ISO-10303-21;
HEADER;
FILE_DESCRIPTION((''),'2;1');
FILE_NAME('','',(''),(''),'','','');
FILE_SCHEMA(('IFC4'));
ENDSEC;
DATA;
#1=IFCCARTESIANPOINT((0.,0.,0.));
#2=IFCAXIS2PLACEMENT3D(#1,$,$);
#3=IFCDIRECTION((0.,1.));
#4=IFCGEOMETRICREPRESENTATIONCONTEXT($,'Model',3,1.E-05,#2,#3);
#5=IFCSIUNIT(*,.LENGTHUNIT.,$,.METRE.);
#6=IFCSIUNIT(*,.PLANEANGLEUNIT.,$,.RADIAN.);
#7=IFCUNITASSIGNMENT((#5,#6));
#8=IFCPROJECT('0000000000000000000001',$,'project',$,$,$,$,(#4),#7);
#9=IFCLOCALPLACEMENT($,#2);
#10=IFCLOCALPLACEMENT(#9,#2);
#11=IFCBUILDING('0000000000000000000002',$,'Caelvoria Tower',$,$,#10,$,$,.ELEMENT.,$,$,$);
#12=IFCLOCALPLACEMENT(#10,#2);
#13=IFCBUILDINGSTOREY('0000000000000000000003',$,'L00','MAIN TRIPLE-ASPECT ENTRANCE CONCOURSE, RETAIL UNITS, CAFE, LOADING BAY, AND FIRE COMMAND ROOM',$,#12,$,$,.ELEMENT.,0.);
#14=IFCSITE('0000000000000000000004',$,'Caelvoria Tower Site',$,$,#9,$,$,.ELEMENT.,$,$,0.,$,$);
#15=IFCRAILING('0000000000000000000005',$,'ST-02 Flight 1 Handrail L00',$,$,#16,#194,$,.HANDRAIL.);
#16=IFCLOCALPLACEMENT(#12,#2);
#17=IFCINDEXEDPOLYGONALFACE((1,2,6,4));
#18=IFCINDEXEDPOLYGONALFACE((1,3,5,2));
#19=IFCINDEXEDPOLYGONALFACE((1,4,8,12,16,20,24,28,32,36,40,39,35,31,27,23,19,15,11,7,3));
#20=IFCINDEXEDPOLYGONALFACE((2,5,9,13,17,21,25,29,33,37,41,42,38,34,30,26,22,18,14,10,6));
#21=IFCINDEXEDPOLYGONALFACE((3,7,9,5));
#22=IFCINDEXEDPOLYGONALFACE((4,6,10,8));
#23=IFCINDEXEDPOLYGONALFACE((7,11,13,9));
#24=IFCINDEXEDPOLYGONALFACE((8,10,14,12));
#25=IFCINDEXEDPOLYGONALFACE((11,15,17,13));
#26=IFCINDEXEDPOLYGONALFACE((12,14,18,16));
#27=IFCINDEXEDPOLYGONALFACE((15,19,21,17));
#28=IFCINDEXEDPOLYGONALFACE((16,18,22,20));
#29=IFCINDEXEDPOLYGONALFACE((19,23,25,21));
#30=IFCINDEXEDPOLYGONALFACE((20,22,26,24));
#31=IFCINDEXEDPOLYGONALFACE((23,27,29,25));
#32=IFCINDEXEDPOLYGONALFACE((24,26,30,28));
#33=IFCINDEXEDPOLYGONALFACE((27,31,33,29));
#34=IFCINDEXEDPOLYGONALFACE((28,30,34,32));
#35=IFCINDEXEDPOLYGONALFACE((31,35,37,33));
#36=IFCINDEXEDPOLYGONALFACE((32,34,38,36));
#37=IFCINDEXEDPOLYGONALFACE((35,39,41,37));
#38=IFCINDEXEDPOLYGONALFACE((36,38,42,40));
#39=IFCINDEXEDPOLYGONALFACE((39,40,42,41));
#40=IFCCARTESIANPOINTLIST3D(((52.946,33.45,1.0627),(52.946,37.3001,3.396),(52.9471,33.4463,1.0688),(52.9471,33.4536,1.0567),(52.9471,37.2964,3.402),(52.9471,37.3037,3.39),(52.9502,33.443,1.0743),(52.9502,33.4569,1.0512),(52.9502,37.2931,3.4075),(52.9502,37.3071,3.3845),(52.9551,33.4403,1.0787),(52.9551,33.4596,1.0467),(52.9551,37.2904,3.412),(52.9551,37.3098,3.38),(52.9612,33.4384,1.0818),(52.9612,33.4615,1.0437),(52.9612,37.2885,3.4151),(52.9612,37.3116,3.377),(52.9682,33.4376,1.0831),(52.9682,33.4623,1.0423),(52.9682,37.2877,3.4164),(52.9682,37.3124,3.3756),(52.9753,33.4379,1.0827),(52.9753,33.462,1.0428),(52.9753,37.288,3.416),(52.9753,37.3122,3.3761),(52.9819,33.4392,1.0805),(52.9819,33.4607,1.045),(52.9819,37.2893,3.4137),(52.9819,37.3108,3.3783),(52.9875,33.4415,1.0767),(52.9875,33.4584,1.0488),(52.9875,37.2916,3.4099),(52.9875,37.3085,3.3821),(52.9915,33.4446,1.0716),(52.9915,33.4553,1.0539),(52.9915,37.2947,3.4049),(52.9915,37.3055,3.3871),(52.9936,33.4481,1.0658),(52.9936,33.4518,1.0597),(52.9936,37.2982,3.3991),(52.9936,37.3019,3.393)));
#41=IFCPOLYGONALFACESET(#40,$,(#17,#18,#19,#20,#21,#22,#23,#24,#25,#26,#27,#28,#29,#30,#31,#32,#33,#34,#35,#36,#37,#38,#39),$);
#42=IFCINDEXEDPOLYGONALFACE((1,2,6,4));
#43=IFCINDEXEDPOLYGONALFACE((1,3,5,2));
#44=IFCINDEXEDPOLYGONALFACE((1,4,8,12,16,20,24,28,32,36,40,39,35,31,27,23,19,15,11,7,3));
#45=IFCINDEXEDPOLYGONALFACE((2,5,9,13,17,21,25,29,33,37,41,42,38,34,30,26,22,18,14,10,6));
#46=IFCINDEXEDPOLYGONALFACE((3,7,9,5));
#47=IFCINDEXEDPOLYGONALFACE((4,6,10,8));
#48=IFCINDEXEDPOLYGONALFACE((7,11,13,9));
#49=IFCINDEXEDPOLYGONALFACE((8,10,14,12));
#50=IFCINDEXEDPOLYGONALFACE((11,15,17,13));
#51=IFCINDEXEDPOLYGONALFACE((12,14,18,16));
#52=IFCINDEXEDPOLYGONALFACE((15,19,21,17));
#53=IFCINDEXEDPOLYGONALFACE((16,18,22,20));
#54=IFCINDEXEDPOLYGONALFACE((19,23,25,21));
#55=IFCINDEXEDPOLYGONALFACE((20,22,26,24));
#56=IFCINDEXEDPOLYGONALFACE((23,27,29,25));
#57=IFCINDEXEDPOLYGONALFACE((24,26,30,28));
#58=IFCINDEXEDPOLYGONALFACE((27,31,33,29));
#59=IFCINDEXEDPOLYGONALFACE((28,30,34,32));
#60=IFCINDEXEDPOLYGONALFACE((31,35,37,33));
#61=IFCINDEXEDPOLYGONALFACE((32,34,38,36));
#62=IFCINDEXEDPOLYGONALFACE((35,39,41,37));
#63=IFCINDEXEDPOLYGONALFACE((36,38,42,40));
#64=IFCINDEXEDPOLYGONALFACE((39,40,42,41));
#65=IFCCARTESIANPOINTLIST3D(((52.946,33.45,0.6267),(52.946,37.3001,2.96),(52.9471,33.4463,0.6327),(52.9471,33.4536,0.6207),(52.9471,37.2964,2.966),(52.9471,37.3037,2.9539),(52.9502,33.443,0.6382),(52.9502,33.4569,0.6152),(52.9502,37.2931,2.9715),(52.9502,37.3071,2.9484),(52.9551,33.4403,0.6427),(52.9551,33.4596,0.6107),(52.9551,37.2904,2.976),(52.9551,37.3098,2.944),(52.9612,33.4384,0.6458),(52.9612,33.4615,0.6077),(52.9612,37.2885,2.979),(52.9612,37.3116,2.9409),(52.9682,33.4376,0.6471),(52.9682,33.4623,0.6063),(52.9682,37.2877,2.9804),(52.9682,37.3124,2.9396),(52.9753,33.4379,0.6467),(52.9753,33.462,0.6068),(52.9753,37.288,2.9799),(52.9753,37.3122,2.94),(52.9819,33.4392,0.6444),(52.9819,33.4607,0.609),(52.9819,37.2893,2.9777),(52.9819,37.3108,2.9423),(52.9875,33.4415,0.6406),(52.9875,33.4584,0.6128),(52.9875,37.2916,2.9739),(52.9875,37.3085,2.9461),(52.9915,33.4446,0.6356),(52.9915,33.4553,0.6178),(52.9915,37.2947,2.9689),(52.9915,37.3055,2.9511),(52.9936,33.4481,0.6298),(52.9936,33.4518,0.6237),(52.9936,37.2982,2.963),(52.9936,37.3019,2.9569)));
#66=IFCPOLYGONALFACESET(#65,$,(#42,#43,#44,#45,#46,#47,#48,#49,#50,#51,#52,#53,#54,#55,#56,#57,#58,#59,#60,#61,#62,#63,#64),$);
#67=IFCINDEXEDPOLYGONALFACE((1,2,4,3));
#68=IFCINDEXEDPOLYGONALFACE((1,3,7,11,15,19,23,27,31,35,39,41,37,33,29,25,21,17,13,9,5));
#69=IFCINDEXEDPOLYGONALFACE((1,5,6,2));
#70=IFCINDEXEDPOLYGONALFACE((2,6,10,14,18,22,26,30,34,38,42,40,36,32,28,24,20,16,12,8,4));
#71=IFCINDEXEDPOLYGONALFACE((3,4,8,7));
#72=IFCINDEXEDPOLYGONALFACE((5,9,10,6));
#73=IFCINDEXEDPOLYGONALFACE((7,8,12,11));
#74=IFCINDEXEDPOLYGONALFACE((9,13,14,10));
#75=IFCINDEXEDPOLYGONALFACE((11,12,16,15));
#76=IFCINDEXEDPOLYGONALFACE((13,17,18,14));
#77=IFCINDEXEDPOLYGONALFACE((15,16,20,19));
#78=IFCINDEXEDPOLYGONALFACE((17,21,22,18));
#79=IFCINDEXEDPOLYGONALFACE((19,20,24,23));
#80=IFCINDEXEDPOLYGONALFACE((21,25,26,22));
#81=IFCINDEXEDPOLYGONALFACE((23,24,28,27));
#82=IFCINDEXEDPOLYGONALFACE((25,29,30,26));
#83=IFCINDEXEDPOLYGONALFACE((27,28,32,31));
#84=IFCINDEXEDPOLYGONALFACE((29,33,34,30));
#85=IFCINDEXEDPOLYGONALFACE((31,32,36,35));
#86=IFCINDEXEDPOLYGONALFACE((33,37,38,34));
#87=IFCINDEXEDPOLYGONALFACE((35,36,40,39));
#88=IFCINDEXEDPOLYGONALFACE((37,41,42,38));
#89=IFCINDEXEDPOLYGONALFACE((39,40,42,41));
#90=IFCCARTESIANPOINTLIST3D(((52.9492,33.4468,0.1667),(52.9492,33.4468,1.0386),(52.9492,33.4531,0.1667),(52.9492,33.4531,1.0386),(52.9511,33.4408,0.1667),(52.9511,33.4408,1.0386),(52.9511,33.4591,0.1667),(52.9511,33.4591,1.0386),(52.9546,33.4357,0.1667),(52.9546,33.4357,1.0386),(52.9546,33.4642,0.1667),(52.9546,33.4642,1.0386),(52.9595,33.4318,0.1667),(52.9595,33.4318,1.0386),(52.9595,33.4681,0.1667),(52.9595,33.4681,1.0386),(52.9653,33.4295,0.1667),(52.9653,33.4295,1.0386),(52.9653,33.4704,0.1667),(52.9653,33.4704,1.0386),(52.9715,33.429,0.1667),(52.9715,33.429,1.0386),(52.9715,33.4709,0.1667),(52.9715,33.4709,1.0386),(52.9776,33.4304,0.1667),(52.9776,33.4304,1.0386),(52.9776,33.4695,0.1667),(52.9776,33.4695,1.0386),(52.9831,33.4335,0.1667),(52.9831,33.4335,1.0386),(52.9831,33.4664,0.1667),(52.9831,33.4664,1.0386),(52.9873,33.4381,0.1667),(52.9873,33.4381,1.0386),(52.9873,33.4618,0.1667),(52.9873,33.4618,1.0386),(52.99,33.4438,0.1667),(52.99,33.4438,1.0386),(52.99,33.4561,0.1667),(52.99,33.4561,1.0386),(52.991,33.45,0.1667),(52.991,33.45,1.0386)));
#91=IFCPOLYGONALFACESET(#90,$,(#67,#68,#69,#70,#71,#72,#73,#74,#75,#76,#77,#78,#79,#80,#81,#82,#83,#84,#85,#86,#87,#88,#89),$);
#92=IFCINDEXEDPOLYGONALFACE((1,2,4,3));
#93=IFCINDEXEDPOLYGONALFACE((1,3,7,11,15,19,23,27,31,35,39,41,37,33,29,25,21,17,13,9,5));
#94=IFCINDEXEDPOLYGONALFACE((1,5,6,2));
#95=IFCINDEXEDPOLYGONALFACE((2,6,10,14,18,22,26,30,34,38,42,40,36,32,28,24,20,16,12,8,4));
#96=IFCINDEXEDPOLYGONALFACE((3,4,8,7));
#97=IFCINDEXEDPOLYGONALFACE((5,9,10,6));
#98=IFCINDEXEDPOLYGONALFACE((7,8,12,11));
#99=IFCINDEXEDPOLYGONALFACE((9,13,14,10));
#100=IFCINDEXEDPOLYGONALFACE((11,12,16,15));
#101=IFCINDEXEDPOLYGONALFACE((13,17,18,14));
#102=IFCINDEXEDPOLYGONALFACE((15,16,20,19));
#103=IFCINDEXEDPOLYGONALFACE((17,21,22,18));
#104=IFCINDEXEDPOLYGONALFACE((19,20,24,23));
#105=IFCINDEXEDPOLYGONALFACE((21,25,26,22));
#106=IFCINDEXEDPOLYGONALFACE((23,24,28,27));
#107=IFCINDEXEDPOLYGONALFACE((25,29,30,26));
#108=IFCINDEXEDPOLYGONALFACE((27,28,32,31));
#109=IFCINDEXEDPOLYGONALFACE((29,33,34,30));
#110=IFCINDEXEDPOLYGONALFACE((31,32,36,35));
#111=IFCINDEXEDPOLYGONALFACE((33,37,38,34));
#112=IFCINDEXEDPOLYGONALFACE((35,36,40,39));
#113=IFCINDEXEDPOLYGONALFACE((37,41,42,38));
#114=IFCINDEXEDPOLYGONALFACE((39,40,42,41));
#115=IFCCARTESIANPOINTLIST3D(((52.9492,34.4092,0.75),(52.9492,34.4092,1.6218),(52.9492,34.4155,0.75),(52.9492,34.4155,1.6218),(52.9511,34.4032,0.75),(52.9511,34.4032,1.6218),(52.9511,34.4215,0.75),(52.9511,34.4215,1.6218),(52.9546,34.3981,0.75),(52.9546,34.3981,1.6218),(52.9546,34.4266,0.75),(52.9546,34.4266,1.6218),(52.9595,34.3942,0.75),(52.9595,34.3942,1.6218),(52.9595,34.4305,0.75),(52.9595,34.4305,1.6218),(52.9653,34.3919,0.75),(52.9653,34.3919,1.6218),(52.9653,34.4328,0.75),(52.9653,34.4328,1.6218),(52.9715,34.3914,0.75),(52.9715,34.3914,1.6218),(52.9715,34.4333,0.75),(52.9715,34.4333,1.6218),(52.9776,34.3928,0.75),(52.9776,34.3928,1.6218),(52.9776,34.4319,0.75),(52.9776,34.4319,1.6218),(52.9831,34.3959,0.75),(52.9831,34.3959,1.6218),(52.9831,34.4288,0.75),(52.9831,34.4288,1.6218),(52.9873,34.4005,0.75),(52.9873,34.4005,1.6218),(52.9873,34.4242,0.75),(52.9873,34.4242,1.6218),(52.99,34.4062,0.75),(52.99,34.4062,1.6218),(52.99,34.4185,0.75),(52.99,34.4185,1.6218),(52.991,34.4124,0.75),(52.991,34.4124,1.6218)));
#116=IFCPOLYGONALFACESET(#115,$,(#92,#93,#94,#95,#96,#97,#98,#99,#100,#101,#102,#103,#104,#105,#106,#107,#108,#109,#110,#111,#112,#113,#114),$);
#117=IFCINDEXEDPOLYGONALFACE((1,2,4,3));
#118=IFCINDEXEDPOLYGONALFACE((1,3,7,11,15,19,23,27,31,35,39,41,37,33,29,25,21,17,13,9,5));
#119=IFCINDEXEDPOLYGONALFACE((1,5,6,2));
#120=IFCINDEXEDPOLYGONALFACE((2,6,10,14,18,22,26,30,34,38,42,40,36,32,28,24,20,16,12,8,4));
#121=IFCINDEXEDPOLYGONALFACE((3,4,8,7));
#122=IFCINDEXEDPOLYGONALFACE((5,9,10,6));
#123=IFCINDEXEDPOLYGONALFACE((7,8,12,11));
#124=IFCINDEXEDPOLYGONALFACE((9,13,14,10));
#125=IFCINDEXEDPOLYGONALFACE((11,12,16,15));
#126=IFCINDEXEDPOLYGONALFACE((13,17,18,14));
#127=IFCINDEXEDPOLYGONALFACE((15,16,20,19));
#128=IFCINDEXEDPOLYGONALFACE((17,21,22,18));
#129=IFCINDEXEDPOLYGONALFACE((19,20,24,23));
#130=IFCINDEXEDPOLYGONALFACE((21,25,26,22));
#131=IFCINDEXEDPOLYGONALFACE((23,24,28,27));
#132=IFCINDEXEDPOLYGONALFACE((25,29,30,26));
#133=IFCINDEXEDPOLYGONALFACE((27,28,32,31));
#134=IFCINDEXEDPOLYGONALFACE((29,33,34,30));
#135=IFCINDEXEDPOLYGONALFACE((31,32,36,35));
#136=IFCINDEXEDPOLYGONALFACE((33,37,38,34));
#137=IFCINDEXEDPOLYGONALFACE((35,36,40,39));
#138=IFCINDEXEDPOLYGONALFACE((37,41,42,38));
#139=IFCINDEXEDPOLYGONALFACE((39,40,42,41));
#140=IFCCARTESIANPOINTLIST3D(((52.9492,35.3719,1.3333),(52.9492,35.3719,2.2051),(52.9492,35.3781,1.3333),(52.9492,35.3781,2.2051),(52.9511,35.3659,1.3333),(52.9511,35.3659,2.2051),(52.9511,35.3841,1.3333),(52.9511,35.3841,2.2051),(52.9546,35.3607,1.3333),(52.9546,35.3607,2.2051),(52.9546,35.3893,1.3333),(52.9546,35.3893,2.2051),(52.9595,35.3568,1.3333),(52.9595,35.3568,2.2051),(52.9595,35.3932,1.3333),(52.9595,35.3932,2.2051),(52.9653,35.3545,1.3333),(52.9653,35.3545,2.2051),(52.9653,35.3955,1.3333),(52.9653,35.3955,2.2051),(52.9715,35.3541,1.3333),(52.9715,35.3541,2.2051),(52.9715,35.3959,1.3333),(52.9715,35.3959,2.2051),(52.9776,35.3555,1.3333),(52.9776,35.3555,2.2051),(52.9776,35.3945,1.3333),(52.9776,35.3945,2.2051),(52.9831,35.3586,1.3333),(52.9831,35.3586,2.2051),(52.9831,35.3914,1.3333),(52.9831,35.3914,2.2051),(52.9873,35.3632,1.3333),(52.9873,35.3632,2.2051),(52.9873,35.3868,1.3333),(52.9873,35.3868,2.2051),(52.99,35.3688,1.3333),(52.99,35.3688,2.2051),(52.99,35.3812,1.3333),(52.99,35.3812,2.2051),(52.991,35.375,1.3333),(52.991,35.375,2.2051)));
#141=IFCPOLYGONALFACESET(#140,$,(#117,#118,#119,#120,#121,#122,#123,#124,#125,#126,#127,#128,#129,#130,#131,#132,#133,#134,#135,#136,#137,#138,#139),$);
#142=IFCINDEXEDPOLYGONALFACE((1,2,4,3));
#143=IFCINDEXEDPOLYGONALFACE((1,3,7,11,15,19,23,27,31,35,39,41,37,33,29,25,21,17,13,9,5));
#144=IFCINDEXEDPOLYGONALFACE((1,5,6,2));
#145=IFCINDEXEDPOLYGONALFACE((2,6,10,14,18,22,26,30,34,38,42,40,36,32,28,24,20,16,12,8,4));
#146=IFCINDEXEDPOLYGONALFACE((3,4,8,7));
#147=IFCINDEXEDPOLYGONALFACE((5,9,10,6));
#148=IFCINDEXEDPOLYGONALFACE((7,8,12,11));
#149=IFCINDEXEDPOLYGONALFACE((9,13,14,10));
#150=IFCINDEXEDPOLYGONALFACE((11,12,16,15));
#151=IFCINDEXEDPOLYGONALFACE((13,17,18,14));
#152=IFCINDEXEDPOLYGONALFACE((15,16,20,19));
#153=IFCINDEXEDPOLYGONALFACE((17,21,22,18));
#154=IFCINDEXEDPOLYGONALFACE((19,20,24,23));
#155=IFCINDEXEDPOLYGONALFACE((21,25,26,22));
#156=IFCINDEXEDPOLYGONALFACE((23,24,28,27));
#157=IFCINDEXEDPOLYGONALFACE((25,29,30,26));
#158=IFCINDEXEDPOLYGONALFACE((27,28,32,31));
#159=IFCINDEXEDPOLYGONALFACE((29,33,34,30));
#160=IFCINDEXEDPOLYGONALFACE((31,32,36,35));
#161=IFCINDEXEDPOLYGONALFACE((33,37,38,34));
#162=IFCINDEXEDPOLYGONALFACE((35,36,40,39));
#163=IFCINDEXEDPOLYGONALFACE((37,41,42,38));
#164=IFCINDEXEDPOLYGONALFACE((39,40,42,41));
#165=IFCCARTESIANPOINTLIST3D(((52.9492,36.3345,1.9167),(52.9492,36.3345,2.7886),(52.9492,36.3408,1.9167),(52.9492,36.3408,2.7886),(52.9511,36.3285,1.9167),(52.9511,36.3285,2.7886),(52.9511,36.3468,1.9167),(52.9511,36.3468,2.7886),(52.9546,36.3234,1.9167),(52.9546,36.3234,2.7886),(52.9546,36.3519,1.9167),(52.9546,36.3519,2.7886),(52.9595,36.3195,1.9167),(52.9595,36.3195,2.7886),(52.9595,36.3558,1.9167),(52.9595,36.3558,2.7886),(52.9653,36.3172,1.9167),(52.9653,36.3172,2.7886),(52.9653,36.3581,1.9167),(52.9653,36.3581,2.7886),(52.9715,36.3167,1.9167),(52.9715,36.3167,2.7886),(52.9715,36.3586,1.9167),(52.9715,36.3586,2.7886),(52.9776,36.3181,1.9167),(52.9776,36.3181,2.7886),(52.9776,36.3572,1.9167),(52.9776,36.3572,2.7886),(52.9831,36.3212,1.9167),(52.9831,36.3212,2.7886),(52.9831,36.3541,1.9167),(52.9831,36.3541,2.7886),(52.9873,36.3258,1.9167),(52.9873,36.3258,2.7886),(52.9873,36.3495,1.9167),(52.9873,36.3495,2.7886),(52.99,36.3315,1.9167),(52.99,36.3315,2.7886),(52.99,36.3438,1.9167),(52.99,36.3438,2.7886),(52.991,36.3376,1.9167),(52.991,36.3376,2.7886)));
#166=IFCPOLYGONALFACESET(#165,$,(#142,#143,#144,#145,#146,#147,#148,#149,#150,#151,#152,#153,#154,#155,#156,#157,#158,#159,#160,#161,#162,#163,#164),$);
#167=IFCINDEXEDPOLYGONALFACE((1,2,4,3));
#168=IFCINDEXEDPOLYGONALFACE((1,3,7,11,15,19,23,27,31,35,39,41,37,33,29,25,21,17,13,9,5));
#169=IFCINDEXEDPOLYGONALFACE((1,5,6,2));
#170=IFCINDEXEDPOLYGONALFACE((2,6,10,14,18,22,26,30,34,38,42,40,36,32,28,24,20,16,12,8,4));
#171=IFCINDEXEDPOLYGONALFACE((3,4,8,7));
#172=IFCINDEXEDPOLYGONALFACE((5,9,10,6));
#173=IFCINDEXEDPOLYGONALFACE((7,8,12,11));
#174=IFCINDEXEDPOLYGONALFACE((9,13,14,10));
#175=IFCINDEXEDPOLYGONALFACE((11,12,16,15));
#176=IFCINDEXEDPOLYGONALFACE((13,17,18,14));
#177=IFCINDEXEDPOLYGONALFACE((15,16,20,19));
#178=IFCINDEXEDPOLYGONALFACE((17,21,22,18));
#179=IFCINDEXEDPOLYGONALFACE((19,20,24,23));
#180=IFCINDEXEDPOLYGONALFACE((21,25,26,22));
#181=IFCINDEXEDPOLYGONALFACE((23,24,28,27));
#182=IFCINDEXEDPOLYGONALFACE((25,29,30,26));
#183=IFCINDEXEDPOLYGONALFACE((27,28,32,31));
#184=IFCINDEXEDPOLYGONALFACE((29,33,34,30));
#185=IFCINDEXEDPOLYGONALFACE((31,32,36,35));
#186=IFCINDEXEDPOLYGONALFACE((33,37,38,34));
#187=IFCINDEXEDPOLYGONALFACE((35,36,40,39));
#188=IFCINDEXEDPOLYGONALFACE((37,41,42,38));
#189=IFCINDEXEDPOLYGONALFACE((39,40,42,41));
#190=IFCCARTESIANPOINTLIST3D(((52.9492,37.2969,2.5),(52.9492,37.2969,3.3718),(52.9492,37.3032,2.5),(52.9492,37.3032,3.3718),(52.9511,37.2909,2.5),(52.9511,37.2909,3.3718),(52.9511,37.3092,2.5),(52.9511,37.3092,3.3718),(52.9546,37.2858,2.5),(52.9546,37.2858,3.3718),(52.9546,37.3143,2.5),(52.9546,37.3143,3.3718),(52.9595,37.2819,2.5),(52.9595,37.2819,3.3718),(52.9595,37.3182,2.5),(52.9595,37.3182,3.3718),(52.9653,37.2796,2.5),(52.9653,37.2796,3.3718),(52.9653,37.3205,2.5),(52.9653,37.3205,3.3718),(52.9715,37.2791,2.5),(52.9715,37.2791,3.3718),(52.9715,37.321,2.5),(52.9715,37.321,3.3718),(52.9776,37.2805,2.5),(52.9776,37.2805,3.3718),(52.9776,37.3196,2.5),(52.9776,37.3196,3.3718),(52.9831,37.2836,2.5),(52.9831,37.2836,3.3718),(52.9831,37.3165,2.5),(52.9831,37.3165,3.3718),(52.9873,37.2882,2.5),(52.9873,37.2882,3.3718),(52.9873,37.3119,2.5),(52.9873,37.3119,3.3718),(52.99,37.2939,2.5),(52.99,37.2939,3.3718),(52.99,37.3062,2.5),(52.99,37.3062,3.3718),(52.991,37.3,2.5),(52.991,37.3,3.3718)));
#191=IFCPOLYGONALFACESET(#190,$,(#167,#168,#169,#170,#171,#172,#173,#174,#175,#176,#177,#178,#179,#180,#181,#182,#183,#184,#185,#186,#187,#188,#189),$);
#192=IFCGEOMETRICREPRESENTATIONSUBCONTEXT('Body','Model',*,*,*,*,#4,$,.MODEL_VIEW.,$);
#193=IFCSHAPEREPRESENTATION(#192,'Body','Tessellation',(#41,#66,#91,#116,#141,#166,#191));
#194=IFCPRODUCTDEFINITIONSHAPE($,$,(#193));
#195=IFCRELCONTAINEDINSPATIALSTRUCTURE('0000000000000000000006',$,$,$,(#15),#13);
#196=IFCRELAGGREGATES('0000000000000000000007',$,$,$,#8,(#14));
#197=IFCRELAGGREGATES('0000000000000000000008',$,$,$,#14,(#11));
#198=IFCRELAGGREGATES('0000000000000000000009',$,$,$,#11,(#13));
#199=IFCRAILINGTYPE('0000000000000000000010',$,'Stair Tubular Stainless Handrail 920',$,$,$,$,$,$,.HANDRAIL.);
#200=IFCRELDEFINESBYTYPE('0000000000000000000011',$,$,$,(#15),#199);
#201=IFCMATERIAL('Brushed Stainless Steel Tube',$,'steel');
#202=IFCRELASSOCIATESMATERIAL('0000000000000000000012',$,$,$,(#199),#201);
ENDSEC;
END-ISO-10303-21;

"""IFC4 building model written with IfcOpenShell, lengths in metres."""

from ifc_helpers import new_model, si_unit, direction, frame, origin, origin_2d, place, context, subcontext, project, spatial, circle, extrude, material, type_object, element, save


model = new_model("IFC4")

# Units and contexts
model_context = context("Model", 3, precision=1e-05, world=origin(), true_north=direction((0.0, 1.0)))
body_context = subcontext(model_context, "Body", "Model", "MODEL_VIEW")
ifc_project = project(units=[si_unit("LENGTHUNIT", "METRE"), si_unit("PLANEANGLEUNIT", "RADIAN")], contexts=[model_context])

# Site, building, storey
site_placement = place(None, origin())
site = spatial("IfcSite", under=ifc_project, at=site_placement, Name="Caelvoria Tower Site", CompositionType="ELEMENT", RefElevation=0.0)
building_placement = place(site_placement, origin())
building = spatial("IfcBuilding", under=site, at=building_placement, Name="Caelvoria Tower", CompositionType="ELEMENT")
storey_placement = place(building_placement, origin())
storey = spatial("IfcBuildingStorey", under=building, at=storey_placement, Name="L00", Description="MAIN TRIPLE-ASPECT ENTRANCE CONCOURSE, RETAIL UNITS, CAFE, LOADING BAY, AND FIRE COMMAND ROOM", CompositionType="ELEMENT", Elevation=0.0)

# Railing
ifc_material_1 = material(Name="Brushed Stainless Steel Tube", Category="steel")
railing_type = type_object("IfcRailingType", Name="Stair Tubular Stainless Handrail 920", PredefinedType="HANDRAIL", material=ifc_material_1)
railing_1_placement = place(storey_placement, frame((52.97, 33.45, 0.1667)))
element("IfcRailing", 1, at=railing_1_placement, inside=storey, type_object=railing_type, Name="ST-02 Flight 1 Handrail L00", PredefinedType="HANDRAIL", context=body_context, shape_type="SweptSolid", body=[
    extrude(circle(Radius=0.0239, at=origin_2d()), frame((0.0, 0.0, 0.896), z_axis=(0.0, 0.855212, 0.518279), x_axis=(-1.0, 0.0, 0.0)), (0.0, 0.0, 1.0), 4.502),
    extrude(circle(Radius=0.0239, at=origin_2d()), frame((0.0, 0.0, 0.46), z_axis=(0.0, 0.855212, 0.518279), x_axis=(-1.0, 0.0, 0.0)), (0.0, 0.0, 1.0), 4.502),
    extrude(circle(Radius=0.021, at=origin_2d()), origin(), (0.0, 0.0, 1.0), 0.8718),
    extrude(circle(Radius=0.021, at=origin_2d()), frame((0.0, 0.9624, 0.5833)), (0.0, 0.0, 1.0), 0.8718),
    extrude(circle(Radius=0.021, at=origin_2d()), frame((0.0, 1.925, 1.1665)), (0.0, 0.0, 1.0), 0.8718),
    extrude(circle(Radius=0.021, at=origin_2d()), frame((0.0, 2.8877, 1.75)), (0.0, 0.0, 1.0), 0.8718),
    extrude(circle(Radius=0.021, at=origin_2d()), frame((0.0, 3.8501, 2.3333)), (0.0, 0.0, 1.0), 0.8718),
])

save(model, "model.ifc")
